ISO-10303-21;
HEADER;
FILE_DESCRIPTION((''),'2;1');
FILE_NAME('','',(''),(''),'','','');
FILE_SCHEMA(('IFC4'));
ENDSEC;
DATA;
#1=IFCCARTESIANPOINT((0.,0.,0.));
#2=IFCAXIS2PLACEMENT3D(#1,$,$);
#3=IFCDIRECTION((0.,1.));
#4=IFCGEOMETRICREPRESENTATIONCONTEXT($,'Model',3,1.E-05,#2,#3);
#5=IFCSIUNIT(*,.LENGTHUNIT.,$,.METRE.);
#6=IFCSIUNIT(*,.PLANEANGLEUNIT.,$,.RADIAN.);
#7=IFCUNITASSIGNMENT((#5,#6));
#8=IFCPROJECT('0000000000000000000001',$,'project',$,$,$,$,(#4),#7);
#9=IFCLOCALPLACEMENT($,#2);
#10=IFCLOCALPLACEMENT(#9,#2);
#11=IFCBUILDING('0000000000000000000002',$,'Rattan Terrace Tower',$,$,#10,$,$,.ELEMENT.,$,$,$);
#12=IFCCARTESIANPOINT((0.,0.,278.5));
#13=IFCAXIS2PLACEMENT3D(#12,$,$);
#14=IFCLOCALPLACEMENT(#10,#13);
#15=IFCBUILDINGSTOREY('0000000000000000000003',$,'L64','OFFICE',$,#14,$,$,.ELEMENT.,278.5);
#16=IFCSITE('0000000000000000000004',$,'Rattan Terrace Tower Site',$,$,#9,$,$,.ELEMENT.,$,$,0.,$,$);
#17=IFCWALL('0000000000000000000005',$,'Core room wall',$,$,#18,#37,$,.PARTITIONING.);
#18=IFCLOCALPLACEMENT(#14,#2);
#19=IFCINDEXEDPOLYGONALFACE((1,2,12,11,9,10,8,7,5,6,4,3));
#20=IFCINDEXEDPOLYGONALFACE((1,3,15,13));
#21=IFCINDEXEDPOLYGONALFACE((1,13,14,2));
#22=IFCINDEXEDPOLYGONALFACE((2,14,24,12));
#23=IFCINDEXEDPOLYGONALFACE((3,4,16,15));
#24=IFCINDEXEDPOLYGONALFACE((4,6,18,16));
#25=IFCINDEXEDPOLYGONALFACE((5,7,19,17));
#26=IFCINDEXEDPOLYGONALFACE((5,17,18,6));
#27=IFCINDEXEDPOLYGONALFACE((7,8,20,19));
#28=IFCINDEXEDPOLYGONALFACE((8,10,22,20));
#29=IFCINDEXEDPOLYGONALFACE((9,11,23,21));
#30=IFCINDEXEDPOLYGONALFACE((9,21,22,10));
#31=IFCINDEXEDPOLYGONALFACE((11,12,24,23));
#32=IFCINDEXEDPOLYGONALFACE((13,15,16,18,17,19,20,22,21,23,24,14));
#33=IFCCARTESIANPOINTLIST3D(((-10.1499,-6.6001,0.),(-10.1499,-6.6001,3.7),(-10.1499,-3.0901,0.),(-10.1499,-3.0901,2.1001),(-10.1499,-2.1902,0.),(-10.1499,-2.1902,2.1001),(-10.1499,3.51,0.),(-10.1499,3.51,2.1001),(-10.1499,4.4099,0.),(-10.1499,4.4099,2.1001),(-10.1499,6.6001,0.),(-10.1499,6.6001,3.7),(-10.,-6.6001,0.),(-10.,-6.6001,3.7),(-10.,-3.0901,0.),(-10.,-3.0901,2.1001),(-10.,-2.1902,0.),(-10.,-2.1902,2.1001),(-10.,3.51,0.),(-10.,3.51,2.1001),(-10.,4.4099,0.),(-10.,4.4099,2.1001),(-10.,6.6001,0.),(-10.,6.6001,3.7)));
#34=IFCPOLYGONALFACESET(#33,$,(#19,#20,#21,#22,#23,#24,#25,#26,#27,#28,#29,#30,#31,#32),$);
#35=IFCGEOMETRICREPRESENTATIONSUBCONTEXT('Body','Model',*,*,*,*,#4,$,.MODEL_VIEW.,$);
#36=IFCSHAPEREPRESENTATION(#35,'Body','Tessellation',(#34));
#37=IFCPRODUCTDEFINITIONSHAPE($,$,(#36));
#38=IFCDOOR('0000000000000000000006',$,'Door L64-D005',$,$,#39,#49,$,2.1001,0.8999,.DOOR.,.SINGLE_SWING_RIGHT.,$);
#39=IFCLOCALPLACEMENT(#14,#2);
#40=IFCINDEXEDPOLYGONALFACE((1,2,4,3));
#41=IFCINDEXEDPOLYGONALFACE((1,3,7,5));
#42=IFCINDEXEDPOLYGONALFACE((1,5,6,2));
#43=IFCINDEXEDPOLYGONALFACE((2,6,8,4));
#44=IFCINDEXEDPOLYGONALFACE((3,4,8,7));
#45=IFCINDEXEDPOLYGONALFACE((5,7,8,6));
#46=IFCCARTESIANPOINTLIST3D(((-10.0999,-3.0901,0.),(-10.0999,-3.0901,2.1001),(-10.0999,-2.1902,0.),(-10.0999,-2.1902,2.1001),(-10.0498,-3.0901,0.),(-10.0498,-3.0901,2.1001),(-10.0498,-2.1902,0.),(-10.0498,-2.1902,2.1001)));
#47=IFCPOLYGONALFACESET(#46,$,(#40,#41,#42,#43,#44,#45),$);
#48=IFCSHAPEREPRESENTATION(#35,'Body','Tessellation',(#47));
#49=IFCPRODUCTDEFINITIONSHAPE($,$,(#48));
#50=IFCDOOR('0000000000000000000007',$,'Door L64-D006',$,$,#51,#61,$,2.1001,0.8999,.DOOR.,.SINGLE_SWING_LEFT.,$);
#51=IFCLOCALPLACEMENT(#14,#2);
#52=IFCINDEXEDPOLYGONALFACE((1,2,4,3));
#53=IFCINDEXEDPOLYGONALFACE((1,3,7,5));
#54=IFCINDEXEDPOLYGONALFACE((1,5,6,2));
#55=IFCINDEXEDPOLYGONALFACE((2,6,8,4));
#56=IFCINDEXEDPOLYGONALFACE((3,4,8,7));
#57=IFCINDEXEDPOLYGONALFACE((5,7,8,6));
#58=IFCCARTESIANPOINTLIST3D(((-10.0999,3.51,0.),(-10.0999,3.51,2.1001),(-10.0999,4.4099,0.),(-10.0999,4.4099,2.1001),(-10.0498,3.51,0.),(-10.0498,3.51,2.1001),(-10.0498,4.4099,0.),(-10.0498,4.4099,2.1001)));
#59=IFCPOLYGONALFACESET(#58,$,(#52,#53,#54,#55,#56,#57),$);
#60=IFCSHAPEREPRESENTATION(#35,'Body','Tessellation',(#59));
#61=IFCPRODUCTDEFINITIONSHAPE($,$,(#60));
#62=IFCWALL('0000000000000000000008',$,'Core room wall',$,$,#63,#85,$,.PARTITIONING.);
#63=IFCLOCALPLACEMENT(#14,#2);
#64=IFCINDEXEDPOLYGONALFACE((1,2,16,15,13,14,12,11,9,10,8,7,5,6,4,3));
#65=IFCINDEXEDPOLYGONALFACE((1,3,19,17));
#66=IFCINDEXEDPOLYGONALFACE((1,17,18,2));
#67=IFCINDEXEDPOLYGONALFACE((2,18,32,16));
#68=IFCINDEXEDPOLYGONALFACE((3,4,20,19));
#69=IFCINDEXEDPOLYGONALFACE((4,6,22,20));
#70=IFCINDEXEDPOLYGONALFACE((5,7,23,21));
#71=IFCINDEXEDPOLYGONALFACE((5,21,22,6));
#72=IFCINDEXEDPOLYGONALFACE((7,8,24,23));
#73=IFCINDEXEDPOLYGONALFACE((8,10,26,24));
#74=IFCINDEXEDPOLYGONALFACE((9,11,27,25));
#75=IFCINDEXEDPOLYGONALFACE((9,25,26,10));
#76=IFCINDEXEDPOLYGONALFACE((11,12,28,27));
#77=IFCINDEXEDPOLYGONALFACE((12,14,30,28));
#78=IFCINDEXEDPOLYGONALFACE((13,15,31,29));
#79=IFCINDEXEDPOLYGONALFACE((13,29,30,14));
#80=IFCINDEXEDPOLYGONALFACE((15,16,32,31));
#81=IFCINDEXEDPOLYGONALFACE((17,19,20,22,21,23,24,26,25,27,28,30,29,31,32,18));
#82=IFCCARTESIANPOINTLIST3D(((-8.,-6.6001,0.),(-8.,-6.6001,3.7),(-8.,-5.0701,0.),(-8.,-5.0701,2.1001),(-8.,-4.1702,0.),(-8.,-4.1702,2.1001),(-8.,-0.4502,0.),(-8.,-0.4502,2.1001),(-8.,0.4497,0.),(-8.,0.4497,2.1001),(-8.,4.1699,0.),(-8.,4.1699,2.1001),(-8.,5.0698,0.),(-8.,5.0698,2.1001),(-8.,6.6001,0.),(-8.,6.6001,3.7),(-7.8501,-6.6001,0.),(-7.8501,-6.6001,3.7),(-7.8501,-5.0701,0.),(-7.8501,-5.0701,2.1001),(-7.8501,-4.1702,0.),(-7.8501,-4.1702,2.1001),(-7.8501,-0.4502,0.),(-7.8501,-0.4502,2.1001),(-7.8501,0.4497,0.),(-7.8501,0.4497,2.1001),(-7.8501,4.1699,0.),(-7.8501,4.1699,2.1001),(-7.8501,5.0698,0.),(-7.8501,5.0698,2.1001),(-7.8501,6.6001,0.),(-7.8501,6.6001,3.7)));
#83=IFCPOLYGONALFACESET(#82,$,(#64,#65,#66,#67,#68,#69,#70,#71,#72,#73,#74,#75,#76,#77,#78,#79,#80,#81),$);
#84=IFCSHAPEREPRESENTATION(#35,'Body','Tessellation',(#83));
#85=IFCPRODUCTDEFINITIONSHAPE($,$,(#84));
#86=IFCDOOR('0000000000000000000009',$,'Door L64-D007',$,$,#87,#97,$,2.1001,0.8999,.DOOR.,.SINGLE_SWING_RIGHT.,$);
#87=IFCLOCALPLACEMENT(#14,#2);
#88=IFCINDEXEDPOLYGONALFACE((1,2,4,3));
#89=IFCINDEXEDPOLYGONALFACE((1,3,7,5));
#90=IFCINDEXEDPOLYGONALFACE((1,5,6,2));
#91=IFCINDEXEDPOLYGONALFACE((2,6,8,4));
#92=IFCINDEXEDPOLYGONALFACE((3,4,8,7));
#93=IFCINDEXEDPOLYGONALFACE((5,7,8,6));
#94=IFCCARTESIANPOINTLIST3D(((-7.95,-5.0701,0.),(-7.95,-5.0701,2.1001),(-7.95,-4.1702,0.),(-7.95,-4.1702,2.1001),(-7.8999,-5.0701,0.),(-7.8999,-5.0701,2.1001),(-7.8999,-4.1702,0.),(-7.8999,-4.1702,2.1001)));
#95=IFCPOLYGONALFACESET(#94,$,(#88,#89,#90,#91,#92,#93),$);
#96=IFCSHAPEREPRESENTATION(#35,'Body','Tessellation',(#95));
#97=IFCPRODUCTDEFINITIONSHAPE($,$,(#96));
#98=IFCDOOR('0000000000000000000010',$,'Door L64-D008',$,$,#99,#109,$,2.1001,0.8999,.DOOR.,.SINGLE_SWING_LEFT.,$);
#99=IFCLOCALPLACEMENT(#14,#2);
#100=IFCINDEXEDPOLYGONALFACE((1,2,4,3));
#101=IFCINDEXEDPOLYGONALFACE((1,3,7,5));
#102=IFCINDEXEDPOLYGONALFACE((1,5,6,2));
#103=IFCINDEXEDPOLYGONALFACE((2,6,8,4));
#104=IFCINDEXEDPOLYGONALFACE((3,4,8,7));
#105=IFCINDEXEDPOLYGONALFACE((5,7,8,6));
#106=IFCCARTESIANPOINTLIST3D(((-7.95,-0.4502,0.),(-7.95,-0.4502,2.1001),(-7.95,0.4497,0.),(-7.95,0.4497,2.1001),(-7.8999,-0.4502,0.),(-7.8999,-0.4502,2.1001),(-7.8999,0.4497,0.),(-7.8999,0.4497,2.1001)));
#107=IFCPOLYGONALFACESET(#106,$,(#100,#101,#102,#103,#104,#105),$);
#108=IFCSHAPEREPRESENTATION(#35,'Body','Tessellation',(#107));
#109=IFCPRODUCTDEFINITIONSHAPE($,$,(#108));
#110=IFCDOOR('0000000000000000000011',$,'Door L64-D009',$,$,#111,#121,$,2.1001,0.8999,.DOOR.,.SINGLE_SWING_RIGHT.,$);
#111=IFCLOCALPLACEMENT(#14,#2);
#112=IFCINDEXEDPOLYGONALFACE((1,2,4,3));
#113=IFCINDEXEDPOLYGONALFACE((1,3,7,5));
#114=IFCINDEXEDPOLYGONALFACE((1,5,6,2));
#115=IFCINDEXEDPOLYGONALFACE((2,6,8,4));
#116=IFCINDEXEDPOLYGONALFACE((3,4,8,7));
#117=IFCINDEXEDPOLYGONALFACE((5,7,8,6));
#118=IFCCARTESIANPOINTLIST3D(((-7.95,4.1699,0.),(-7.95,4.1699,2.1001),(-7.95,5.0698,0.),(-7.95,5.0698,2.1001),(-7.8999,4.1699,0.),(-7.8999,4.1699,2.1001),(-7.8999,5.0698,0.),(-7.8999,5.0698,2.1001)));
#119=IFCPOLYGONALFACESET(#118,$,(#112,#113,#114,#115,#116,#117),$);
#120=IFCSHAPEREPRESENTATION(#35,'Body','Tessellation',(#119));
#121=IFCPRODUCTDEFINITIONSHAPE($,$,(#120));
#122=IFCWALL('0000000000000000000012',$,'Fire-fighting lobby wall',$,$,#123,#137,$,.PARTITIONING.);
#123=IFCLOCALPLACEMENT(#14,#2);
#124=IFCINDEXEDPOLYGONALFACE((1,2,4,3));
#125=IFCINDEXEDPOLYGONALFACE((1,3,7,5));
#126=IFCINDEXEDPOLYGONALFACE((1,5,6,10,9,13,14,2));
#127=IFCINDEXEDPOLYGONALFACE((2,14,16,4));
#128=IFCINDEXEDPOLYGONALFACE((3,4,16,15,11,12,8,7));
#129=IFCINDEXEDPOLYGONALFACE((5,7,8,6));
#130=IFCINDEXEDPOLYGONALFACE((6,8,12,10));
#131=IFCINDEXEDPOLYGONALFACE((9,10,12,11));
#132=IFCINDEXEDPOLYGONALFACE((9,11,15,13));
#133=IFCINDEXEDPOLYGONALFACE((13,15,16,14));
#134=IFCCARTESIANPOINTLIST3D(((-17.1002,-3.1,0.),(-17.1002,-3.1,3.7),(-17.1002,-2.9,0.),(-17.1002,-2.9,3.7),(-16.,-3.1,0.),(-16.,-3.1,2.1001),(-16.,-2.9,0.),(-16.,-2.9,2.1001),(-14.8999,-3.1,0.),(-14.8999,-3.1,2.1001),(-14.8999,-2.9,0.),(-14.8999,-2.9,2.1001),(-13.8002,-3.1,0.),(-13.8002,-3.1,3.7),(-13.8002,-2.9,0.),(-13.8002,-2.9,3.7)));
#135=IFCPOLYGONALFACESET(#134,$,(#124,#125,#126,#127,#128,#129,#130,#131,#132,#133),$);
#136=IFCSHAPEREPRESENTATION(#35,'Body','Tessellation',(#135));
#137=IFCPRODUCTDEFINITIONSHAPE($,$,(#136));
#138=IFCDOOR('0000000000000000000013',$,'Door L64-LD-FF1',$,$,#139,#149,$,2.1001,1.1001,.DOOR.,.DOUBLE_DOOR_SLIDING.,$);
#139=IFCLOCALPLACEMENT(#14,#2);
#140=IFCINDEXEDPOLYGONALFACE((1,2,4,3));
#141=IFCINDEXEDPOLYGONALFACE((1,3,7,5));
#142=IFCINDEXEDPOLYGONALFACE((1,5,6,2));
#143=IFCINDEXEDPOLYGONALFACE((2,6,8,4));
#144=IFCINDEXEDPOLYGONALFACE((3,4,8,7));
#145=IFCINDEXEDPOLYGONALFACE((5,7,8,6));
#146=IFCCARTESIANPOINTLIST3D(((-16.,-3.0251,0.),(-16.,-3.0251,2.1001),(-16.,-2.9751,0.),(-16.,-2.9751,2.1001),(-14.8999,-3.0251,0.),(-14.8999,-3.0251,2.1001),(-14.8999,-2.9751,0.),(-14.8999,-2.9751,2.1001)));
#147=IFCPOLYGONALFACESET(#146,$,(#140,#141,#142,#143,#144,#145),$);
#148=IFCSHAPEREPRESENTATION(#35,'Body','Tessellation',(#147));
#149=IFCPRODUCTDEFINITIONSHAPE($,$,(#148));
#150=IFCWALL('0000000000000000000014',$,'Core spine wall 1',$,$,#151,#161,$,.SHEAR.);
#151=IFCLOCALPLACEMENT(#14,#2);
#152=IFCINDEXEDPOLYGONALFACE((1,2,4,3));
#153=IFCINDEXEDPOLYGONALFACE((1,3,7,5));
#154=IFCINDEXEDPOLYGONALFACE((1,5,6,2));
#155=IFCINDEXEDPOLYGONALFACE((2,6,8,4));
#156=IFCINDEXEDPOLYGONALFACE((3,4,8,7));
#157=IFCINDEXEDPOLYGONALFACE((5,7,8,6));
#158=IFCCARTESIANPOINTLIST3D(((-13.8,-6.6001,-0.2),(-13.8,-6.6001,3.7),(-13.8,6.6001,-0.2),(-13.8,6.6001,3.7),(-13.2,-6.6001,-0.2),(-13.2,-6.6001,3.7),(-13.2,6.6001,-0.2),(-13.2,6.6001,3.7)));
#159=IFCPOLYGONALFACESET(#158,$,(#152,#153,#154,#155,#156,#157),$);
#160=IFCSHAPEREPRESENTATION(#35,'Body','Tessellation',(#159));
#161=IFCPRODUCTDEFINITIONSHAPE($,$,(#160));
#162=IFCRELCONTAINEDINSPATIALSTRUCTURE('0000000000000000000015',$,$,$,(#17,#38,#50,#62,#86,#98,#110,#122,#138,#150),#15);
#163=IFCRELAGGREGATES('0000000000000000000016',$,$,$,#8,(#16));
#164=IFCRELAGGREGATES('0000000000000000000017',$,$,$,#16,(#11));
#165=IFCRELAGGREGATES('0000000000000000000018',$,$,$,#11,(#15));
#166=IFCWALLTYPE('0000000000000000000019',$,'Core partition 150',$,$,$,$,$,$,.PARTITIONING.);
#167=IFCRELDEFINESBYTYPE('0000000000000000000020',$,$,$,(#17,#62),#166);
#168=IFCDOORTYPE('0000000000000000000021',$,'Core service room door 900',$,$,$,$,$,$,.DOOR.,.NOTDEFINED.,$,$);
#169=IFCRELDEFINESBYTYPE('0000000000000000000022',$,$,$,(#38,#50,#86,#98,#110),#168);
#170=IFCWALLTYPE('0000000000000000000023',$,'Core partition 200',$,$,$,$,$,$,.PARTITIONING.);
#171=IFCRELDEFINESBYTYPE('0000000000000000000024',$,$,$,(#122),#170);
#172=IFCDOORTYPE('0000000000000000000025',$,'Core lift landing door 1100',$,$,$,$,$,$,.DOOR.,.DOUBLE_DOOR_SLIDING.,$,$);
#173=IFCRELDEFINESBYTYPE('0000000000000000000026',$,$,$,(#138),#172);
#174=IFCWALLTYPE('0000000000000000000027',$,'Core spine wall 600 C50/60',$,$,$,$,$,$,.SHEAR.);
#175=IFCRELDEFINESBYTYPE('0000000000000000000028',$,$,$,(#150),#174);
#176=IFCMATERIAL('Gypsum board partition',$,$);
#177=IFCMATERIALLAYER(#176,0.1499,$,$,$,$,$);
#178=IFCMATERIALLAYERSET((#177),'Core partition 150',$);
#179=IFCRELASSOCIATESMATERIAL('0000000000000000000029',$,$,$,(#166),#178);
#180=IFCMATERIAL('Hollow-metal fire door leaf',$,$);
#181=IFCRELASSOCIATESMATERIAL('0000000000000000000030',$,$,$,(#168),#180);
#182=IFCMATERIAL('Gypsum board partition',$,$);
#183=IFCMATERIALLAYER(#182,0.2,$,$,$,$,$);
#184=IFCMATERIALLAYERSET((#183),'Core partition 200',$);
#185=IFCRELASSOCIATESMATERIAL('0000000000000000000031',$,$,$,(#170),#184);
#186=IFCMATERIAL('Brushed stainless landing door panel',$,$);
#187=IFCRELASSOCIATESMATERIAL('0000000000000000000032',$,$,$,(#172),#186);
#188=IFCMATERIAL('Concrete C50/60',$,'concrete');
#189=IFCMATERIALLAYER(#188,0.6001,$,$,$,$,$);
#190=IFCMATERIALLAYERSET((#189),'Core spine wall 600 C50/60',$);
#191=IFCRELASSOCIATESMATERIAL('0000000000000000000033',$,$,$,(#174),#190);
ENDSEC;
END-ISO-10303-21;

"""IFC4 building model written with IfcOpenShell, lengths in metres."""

from ifc_helpers import new_model, si_unit, direction, frame, frame_2d, origin, place, context, subcontext, project, spatial, rectangle, extrude, material, layer, layer_set, type_object, element, fill, save


model = new_model("IFC4")

# Units and contexts
model_context = context("Model", 3, precision=1e-05, world=origin(), true_north=direction((0.0, 1.0)))
body_context = subcontext(model_context, "Body", "Model", "MODEL_VIEW")
ifc_project = project(units=[si_unit("LENGTHUNIT", "METRE"), si_unit("PLANEANGLEUNIT", "RADIAN")], contexts=[model_context])

# Site, building, storey
site_placement = place(None, origin())
site = spatial("IfcSite", under=ifc_project, at=site_placement, Name="Rattan Terrace Tower Site", CompositionType="ELEMENT", RefElevation=0.0)
building_placement = place(site_placement, origin())
building = spatial("IfcBuilding", under=site, at=building_placement, Name="Rattan Terrace Tower", CompositionType="ELEMENT")
storey_placement = place(building_placement, frame((0.0, 0.0, 278.5)))
storey = spatial("IfcBuildingStorey", under=building, at=storey_placement, Name="L64", Description="OFFICE", CompositionType="ELEMENT", Elevation=278.5)

# Walls, openings, doors
ifc_material_1 = material(Name="Gypsum board partition")
ifc_layer_1 = layer(ifc_material_1, 0.1499)
ifc_layer_set_1 = layer_set([ifc_layer_1], Name="Core partition 150")
wall_type_1 = type_object("IfcWallType", Name="Core partition 150", PredefinedType="PARTITIONING", material=ifc_layer_set_1)
wall_1_placement = place(storey_placement, frame((-10.075, -6.6001, 0.0), z_axis=(0.0, 0.0, 1.0), x_axis=(0.0, 1.0, 0.0)))
wall_1 = element("IfcWall", 1, at=wall_1_placement, inside=storey, type_object=wall_type_1, Name="Core room wall", PredefinedType="PARTITIONING", context=body_context, shape_type="SweptSolid", body=[
    extrude(rectangle(XDim=13.2002, YDim=0.1499, at=frame_2d((6.6001, 0.0))), origin(), (0.0, 0.0, 1.0), 3.7),
])
opening_1_placement = place(wall_1_placement, frame((3.51, 0.0, 0.0)))
opening_1 = element("IfcOpeningElement", 2, at=opening_1_placement, cuts=wall_1, PredefinedType="OPENING", context=body_context, shape_type="SweptSolid", body=[
    extrude(rectangle(XDim=0.8999, YDim=2.1001, at=frame_2d((0.45, 1.05))), frame((0.0, 0.0854, 0.0), z_axis=(0.0, -1.0, 0.0), x_axis=(1.0, 0.0, 0.0)), (0.0, 0.0, 1.0), 0.1709),
])
opening_2_placement = place(wall_1_placement, frame((10.1101, 0.0, 0.0)))
opening_2 = element("IfcOpeningElement", 3, at=opening_2_placement, cuts=wall_1, PredefinedType="OPENING", context=body_context, shape_type="SweptSolid", body=[
    extrude(rectangle(XDim=0.8999, YDim=2.1001, at=frame_2d((0.45, 1.05))), frame((0.0, 0.0854, 0.0), z_axis=(0.0, -1.0, 0.0), x_axis=(1.0, 0.0, 0.0)), (0.0, 0.0, 1.0), 0.1709),
])
ifc_material_2 = material(Name="Hollow-metal fire door leaf")
door_type_1 = type_object("IfcDoorType", Name="Core service room door 900", OperationType="NOTDEFINED", PredefinedType="DOOR", material=ifc_material_2)
door_1_placement = place(opening_1_placement, origin())
door_1 = element("IfcDoor", 4, at=door_1_placement, inside=storey, type_object=door_type_1, Name="Door L64-D005", OperationType="SINGLE_SWING_RIGHT", OverallHeight=2.1001, OverallWidth=0.8999, PredefinedType="DOOR", context=body_context, shape_type="SweptSolid", body=[
    extrude(rectangle(XDim=0.8999, YDim=2.1001, at=frame_2d((0.45, 1.05))), frame((0.0, 0.0249, 0.0), z_axis=(0.0, -1.0, 0.0), x_axis=(1.0, 0.0, 0.0)), (0.0, 0.0, 1.0), 0.05),
])
fill(opening_1, door_1)
door_2_placement = place(opening_2_placement, origin())
door_2 = element("IfcDoor", 5, at=door_2_placement, inside=storey, type_object=door_type_1, Name="Door L64-D006", OperationType="SINGLE_SWING_LEFT", OverallHeight=2.1001, OverallWidth=0.8999, PredefinedType="DOOR", context=body_context, shape_type="SweptSolid", body=[
    extrude(rectangle(XDim=0.8999, YDim=2.1001, at=frame_2d((0.45, 1.05))), frame((0.0, 0.0249, 0.0), z_axis=(0.0, -1.0, 0.0), x_axis=(1.0, 0.0, 0.0)), (0.0, 0.0, 1.0), 0.05),
])
fill(opening_2, door_2)
wall_2_placement = place(storey_placement, frame((-7.925, -6.6001, 0.0), z_axis=(0.0, 0.0, 1.0), x_axis=(0.0, 1.0, 0.0)))
wall_2 = element("IfcWall", 6, at=wall_2_placement, inside=storey, type_object=wall_type_1, Name="Core room wall", PredefinedType="PARTITIONING", context=body_context, shape_type="SweptSolid", body=[
    extrude(rectangle(XDim=13.2002, YDim=0.1499, at=frame_2d((6.6001, 0.0))), origin(), (0.0, 0.0, 1.0), 3.7),
])
opening_3_placement = place(wall_2_placement, frame((1.53, 0.0, 0.0)))
opening_3 = element("IfcOpeningElement", 7, at=opening_3_placement, cuts=wall_2, PredefinedType="OPENING", context=body_context, shape_type="SweptSolid", body=[
    extrude(rectangle(XDim=0.8999, YDim=2.1001, at=frame_2d((0.45, 1.05))), frame((0.0, 0.0854, 0.0), z_axis=(0.0, -1.0, 0.0), x_axis=(1.0, 0.0, 0.0)), (0.0, 0.0, 1.0), 0.1709),
])
opening_4_placement = place(wall_2_placement, frame((6.1499, 0.0, 0.0)))
opening_4 = element("IfcOpeningElement", 8, at=opening_4_placement, cuts=wall_2, PredefinedType="OPENING", context=body_context, shape_type="SweptSolid", body=[
    extrude(rectangle(XDim=0.8999, YDim=2.1001, at=frame_2d((0.45, 1.05))), frame((0.0, 0.0854, 0.0), z_axis=(0.0, -1.0, 0.0), x_axis=(1.0, 0.0, 0.0)), (0.0, 0.0, 1.0), 0.1709),
])
opening_5_placement = place(wall_2_placement, frame((10.77, 0.0, 0.0)))
opening_5 = element("IfcOpeningElement", 9, at=opening_5_placement, cuts=wall_2, PredefinedType="OPENING", context=body_context, shape_type="SweptSolid", body=[
    extrude(rectangle(XDim=0.8999, YDim=2.1001, at=frame_2d((0.45, 1.05))), frame((0.0, 0.0854, 0.0), z_axis=(0.0, -1.0, 0.0), x_axis=(1.0, 0.0, 0.0)), (0.0, 0.0, 1.0), 0.1709),
])
door_3_placement = place(opening_3_placement, origin())
door_3 = element("IfcDoor", 10, at=door_3_placement, inside=storey, type_object=door_type_1, Name="Door L64-D007", OperationType="SINGLE_SWING_RIGHT", OverallHeight=2.1001, OverallWidth=0.8999, PredefinedType="DOOR", context=body_context, shape_type="SweptSolid", body=[
    extrude(rectangle(XDim=0.8999, YDim=2.1001, at=frame_2d((0.45, 1.05))), frame((0.0, 0.0249, 0.0), z_axis=(0.0, -1.0, 0.0), x_axis=(1.0, 0.0, 0.0)), (0.0, 0.0, 1.0), 0.05),
])
fill(opening_3, door_3)
door_4_placement = place(opening_4_placement, origin())
door_4 = element("IfcDoor", 11, at=door_4_placement, inside=storey, type_object=door_type_1, Name="Door L64-D008", OperationType="SINGLE_SWING_LEFT", OverallHeight=2.1001, OverallWidth=0.8999, PredefinedType="DOOR", context=body_context, shape_type="SweptSolid", body=[
    extrude(rectangle(XDim=0.8999, YDim=2.1001, at=frame_2d((0.45, 1.05))), frame((0.0, 0.0249, 0.0), z_axis=(0.0, -1.0, 0.0), x_axis=(1.0, 0.0, 0.0)), (0.0, 0.0, 1.0), 0.05),
])
fill(opening_4, door_4)
door_5_placement = place(opening_5_placement, origin())
door_5 = element("IfcDoor", 12, at=door_5_placement, inside=storey, type_object=door_type_1, Name="Door L64-D009", OperationType="SINGLE_SWING_RIGHT", OverallHeight=2.1001, OverallWidth=0.8999, PredefinedType="DOOR", context=body_context, shape_type="SweptSolid", body=[
    extrude(rectangle(XDim=0.8999, YDim=2.1001, at=frame_2d((0.45, 1.05))), frame((0.0, 0.0249, 0.0), z_axis=(0.0, -1.0, 0.0), x_axis=(1.0, 0.0, 0.0)), (0.0, 0.0, 1.0), 0.05),
])
fill(opening_5, door_5)

# Wall, opening, door
ifc_material_3 = material(Name="Gypsum board partition")
ifc_layer_2 = layer(ifc_material_3, 0.2)
ifc_layer_set_2 = layer_set([ifc_layer_2], Name="Core partition 200")
wall_type_2 = type_object("IfcWallType", Name="Core partition 200", PredefinedType="PARTITIONING", material=ifc_layer_set_2)
wall_3_placement = place(storey_placement, frame((-17.1001, -3.0, 0.0), z_axis=(0.0, 0.0, 1.0), x_axis=(1.0, 0.0, 0.0)))
wall_3 = element("IfcWall", 13, at=wall_3_placement, inside=storey, type_object=wall_type_2, Name="Fire-fighting lobby wall", PredefinedType="PARTITIONING", context=body_context, shape_type="SweptSolid", body=[
    extrude(rectangle(XDim=3.3, YDim=0.2, at=frame_2d((1.6499, 0.0))), origin(), (0.0, 0.0, 1.0), 3.7),
])
opening_6_placement = place(wall_3_placement, frame((1.1001, 0.0, 0.0)))
opening_6 = element("IfcOpeningElement", 14, at=opening_6_placement, cuts=wall_3, PredefinedType="OPENING", context=body_context, shape_type="SweptSolid", body=[
    extrude(rectangle(XDim=1.1001, YDim=2.1001, at=frame_2d((0.55, 1.05))), frame((0.0, 0.1106, 0.0), z_axis=(0.0, -1.0, 0.0), x_axis=(1.0, 0.0, 0.0)), (0.0, 0.0, 1.0), 0.2209),
])
ifc_material_4 = material(Name="Brushed stainless landing door panel")
door_type_2 = type_object("IfcDoorType", Name="Core lift landing door 1100", OperationType="DOUBLE_DOOR_SLIDING", PredefinedType="DOOR", material=ifc_material_4)
door_6_placement = place(opening_6_placement, origin())
door_6 = element("IfcDoor", 15, at=door_6_placement, inside=storey, type_object=door_type_2, Name="Door L64-LD-FF1", OperationType="DOUBLE_DOOR_SLIDING", OverallHeight=2.1001, OverallWidth=1.1001, PredefinedType="DOOR", context=body_context, shape_type="SweptSolid", body=[
    extrude(rectangle(XDim=1.1001, YDim=2.1001, at=frame_2d((0.55, 1.05))), frame((0.0, 0.0249, 0.0), z_axis=(0.0, -1.0, 0.0), x_axis=(1.0, 0.0, 0.0)), (0.0, 0.0, 1.0), 0.05),
])
fill(opening_6, door_6)

# Wall
ifc_material_5 = material(Name="Concrete C50/60", Category="concrete")
ifc_layer_3 = layer(ifc_material_5, 0.6001)
ifc_layer_set_3 = layer_set([ifc_layer_3], Name="Core spine wall 600 C50/60")
wall_type_3 = type_object("IfcWallType", Name="Core spine wall 600 C50/60", PredefinedType="SHEAR", material=ifc_layer_set_3)
wall_4_placement = place(storey_placement, frame((-13.5, -6.6001, -0.2), z_axis=(0.0, 0.0, 1.0), x_axis=(0.0, 1.0, 0.0)))
element("IfcWall", 16, at=wall_4_placement, inside=storey, type_object=wall_type_3, Name="Core spine wall 1", PredefinedType="SHEAR", context=body_context, shape_type="SweptSolid", body=[
    extrude(rectangle(XDim=13.2002, YDim=0.6001, at=frame_2d((6.6001, 0.0))), origin(), (0.0, 0.0, 1.0), 3.8999),
])

save(model, "model.ifc")
